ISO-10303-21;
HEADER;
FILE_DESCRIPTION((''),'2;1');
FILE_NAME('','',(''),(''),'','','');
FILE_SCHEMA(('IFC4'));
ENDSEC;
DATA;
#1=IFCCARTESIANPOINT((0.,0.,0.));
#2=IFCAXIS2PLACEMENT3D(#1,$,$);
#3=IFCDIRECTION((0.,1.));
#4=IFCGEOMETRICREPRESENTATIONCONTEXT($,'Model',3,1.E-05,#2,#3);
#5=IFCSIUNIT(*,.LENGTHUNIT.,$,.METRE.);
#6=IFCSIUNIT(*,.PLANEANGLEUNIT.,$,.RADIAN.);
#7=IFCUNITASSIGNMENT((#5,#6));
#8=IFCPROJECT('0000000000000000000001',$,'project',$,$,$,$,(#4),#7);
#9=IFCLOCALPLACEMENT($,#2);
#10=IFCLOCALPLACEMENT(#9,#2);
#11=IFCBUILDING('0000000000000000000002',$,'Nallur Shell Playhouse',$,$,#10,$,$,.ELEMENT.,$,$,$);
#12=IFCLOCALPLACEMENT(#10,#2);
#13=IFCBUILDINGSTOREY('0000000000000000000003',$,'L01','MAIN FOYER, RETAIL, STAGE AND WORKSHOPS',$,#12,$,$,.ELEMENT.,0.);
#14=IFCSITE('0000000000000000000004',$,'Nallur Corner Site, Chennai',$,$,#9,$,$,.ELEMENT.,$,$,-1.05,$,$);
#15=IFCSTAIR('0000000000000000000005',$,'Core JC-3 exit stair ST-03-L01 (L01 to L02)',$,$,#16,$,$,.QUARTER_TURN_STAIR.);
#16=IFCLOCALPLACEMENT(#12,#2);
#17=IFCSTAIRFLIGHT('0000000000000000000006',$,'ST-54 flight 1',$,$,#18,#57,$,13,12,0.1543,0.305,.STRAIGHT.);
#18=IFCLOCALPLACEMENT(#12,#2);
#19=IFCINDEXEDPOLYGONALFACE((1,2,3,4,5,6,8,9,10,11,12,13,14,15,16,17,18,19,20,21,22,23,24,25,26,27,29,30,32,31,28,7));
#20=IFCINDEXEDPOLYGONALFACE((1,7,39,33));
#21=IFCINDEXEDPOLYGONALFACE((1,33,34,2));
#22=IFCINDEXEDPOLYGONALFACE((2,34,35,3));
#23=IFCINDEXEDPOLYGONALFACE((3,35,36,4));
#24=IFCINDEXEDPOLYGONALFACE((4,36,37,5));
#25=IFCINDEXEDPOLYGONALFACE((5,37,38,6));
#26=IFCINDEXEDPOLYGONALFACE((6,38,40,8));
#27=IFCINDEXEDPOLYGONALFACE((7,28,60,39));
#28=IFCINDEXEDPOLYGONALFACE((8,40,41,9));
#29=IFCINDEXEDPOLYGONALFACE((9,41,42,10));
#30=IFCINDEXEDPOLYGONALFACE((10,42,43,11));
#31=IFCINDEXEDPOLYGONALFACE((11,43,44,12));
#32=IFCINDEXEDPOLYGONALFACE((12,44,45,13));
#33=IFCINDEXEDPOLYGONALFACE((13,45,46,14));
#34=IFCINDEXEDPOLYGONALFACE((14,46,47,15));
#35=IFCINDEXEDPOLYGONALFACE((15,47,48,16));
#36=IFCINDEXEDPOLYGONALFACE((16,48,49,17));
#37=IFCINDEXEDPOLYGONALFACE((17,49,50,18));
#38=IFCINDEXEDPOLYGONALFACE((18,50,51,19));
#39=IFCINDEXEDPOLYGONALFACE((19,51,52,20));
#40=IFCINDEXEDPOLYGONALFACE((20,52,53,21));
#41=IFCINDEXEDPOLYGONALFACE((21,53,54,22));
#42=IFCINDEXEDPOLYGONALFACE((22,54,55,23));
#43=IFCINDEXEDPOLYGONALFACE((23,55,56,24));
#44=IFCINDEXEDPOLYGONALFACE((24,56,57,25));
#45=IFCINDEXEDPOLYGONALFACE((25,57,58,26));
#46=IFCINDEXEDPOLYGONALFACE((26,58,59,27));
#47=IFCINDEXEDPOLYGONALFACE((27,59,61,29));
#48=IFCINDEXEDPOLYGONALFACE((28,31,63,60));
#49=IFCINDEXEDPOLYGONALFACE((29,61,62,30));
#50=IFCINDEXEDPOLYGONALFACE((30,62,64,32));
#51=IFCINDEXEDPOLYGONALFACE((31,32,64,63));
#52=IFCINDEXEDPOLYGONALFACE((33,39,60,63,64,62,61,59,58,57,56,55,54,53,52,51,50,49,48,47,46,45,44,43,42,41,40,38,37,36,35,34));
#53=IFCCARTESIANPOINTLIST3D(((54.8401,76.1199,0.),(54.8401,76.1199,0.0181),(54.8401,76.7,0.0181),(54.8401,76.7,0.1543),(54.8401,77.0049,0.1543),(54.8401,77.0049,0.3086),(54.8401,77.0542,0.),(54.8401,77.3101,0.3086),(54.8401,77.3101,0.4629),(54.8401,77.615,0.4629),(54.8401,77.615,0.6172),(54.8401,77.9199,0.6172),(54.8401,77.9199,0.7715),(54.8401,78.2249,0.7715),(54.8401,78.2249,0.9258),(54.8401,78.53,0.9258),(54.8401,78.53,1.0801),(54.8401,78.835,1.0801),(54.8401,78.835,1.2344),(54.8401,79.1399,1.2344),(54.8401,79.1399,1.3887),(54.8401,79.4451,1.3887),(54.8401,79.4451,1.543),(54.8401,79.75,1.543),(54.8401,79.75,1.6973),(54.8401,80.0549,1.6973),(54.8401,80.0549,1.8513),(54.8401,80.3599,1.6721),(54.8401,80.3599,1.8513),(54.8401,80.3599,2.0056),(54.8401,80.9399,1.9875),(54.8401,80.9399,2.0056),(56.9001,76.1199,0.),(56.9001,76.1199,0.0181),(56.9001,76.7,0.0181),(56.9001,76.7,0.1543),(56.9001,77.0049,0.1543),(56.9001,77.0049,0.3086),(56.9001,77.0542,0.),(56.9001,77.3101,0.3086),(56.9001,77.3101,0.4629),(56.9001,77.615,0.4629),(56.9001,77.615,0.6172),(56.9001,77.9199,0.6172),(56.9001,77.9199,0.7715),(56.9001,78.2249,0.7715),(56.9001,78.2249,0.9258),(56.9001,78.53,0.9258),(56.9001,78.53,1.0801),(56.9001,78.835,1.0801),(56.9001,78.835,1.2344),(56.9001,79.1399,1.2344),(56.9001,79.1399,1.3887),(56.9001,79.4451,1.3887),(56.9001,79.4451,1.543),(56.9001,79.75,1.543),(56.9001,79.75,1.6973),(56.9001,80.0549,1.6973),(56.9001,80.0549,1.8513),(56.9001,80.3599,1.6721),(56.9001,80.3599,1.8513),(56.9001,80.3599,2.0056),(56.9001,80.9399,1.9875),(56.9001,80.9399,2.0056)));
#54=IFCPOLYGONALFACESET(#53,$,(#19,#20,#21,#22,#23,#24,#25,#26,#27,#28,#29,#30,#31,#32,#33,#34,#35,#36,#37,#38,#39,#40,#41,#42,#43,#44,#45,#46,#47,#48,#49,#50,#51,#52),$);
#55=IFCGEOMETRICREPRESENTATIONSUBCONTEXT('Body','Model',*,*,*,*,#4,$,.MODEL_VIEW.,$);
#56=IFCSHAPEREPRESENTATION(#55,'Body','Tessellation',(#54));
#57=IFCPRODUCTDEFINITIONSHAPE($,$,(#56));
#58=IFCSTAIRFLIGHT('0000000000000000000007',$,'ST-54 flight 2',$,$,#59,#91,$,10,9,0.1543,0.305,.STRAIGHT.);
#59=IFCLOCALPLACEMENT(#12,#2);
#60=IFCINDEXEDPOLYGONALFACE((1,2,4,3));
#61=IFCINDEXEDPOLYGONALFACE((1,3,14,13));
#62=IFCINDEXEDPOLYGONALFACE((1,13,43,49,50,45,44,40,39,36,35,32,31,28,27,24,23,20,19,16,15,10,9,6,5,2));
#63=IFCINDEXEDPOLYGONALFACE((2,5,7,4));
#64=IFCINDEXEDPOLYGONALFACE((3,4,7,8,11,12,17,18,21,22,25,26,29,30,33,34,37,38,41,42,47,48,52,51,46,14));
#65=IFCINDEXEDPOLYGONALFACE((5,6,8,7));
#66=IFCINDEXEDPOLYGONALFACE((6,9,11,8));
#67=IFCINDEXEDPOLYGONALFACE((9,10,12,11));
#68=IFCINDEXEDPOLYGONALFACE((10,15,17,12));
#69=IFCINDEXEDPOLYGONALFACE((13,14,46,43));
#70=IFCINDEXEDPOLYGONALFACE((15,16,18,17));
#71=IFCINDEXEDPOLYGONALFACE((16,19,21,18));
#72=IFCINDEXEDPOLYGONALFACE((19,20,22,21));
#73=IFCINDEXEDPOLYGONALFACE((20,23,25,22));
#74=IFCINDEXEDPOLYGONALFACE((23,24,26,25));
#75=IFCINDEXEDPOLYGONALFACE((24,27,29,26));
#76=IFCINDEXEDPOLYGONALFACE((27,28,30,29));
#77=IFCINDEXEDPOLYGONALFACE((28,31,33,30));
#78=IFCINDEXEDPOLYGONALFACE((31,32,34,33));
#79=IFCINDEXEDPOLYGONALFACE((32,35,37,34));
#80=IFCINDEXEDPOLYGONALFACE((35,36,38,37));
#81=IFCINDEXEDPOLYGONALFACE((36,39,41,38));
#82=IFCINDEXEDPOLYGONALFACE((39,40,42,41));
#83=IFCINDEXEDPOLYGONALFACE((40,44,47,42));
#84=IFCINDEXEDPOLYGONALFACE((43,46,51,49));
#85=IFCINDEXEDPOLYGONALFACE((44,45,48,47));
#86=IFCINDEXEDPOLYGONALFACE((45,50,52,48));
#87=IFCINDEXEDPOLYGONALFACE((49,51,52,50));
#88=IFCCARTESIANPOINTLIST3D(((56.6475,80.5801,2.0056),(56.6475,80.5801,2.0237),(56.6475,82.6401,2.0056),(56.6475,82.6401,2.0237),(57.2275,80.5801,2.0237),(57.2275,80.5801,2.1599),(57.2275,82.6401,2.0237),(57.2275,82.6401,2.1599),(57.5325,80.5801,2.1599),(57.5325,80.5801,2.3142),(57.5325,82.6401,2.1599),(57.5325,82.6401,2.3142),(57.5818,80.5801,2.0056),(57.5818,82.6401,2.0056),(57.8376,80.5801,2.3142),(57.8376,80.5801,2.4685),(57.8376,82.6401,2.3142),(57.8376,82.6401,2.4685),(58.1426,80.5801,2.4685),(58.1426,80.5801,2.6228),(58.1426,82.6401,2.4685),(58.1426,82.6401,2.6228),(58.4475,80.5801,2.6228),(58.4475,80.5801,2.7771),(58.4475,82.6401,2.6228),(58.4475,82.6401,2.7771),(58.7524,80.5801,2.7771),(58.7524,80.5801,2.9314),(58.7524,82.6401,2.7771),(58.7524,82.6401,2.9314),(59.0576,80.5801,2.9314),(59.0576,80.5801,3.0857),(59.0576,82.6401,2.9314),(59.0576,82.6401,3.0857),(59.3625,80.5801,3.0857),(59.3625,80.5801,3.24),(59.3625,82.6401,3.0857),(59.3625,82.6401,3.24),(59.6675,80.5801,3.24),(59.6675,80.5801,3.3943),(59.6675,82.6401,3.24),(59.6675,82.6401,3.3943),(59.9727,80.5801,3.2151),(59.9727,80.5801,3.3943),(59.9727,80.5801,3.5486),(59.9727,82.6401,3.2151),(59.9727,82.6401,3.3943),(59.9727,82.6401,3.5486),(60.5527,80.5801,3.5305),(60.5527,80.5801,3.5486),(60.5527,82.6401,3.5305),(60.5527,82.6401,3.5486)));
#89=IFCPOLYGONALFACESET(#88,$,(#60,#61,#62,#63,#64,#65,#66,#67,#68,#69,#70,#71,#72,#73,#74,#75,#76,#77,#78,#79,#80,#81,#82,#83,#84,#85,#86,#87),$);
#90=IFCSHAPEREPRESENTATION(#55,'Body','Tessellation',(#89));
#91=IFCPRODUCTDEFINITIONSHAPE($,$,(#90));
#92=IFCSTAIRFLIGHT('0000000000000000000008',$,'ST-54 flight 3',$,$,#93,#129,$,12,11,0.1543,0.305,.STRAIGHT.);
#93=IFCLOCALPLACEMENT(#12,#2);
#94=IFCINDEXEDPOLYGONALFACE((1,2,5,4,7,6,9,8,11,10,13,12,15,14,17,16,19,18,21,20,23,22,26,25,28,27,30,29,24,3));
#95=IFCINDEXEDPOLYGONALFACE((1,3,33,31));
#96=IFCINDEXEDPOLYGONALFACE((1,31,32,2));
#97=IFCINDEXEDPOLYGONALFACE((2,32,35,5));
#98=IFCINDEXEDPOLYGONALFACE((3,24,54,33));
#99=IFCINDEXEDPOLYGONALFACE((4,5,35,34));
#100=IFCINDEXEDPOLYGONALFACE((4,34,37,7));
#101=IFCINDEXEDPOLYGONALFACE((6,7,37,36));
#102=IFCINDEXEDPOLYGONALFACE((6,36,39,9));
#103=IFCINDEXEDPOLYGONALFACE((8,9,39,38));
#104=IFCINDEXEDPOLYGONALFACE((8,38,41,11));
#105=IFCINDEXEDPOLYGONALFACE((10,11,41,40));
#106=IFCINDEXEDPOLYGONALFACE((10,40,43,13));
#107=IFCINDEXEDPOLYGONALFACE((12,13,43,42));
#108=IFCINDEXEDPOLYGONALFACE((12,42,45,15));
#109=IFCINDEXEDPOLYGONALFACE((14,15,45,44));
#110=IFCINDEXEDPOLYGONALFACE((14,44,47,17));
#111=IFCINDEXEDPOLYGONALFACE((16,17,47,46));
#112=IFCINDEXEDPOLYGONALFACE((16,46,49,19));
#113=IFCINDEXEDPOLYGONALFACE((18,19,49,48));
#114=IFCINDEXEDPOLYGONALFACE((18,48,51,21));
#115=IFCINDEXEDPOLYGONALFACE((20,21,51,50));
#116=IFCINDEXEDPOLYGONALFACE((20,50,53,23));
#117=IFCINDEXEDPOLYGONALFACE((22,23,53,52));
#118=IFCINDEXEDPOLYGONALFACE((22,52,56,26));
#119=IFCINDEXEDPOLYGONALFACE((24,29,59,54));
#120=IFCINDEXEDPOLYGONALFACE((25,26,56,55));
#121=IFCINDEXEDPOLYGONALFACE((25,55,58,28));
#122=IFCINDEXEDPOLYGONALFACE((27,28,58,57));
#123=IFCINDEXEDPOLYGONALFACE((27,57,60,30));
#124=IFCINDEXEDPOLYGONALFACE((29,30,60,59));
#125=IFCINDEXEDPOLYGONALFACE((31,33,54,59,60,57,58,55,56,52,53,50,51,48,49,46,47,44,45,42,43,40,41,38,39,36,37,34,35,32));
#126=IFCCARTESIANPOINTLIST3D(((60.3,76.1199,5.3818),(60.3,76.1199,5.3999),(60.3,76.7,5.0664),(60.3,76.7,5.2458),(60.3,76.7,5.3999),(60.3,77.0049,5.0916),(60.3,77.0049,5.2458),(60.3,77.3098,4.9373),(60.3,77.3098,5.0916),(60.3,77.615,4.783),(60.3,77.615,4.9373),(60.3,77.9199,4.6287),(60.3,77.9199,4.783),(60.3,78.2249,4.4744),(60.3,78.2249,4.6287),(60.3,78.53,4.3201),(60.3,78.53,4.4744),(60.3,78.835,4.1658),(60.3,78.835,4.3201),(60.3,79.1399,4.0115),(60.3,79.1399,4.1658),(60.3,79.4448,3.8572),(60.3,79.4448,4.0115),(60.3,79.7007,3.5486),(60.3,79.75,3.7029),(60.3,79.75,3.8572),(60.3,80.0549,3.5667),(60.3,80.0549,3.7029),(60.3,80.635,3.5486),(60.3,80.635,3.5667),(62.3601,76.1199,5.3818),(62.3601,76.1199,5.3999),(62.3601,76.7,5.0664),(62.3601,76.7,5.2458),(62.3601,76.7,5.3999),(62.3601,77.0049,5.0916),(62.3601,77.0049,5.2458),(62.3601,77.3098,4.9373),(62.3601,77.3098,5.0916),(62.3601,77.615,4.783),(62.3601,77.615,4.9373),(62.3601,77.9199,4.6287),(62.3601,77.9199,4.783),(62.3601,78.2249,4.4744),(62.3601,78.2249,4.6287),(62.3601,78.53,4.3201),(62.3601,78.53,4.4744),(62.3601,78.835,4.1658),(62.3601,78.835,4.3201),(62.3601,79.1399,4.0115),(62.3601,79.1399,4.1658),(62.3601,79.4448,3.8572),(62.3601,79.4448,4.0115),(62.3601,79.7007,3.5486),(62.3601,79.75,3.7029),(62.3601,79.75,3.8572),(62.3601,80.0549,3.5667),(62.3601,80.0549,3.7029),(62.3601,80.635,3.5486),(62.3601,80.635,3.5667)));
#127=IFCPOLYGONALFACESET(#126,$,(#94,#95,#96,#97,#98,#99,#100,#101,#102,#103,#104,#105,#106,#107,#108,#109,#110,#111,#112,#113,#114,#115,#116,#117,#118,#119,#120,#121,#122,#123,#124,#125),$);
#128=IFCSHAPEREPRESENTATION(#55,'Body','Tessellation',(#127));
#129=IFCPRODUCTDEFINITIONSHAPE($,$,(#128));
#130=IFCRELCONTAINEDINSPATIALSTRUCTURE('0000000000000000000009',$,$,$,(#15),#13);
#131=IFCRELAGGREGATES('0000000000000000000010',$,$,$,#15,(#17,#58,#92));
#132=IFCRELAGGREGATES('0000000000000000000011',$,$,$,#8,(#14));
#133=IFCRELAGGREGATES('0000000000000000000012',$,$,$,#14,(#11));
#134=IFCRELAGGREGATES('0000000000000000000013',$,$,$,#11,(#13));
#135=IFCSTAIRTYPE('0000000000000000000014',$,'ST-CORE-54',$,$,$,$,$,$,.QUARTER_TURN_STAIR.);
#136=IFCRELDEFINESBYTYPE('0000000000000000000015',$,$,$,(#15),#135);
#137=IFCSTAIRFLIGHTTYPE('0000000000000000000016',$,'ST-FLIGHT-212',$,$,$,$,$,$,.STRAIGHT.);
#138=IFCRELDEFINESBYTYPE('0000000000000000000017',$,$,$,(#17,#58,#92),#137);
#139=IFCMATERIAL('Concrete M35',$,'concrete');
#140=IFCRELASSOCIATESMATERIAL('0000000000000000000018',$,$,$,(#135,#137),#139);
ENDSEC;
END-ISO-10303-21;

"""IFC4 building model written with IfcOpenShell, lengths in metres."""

from ifc_helpers import new_model, si_unit, direction, frame, origin, place, context, subcontext, project, spatial, polyline, outline, extrude, material, type_object, element, aggregate, save


model = new_model("IFC4")

# Units and contexts
model_context = context("Model", 3, precision=1e-05, world=origin(), true_north=direction((0.0, 1.0)))
body_context = subcontext(model_context, "Body", "Model", "MODEL_VIEW")
ifc_project = project(units=[si_unit("LENGTHUNIT", "METRE"), si_unit("PLANEANGLEUNIT", "RADIAN")], contexts=[model_context])

# Site, building, storey
site_placement = place(None, origin())
site = spatial("IfcSite", under=ifc_project, at=site_placement, Name="Nallur Corner Site, Chennai", CompositionType="ELEMENT", RefElevation=-1.05)
building_placement = place(site_placement, origin())
building = spatial("IfcBuilding", under=site, at=building_placement, Name="Nallur Shell Playhouse", CompositionType="ELEMENT")
storey_placement = place(building_placement, origin())
storey = spatial("IfcBuildingStorey", under=building, at=storey_placement, Name="L01", Description="MAIN FOYER, RETAIL, STAGE AND WORKSHOPS", CompositionType="ELEMENT", Elevation=0.0)

# Shared definitions
ifc_material_1 = material(Name="Concrete M35", Category="concrete")

# Stair, stair flights
stair_type = type_object("IfcStairType", Name="ST-CORE-54", PredefinedType="QUARTER_TURN_STAIR", material=ifc_material_1)
stair_placement = place(storey_placement, origin())
stair = element("IfcStair", 1, at=stair_placement, inside=storey, type_object=stair_type, Name="Core JC-3 exit stair ST-03-L01 (L01 to L02)", PredefinedType="QUARTER_TURN_STAIR")
stair_flight_type = type_object("IfcStairFlightType", Name="ST-FLIGHT-212", PredefinedType="STRAIGHT", material=ifc_material_1)
stair_flight_1_placement = place(storey_placement, frame((55.8701, 76.7, 0.0), z_axis=(0.0, 0.0, 1.0), x_axis=(0.0, 1.0, 0.0)))
stair_flight_1 = element("IfcStairFlight", 2, at=stair_flight_1_placement, type_object=stair_flight_type, Name="ST-54 flight 1", NumberOfRisers=13, NumberOfTreads=12, PredefinedType="STRAIGHT", RiserHeight=0.1543, TreadLength=0.305, context=body_context, shape_type="SweptSolid", body=[
    extrude(outline(polyline([(-0.5801, 0.0), (-0.5801, 0.0181), (0.0, 0.0181), (0.0, 0.1543), (0.3049, 0.1543), (0.3049, 0.3086), (0.6101, 0.3086), (0.6101, 0.4629), (0.915, 0.4629), (0.915, 0.6172), (1.22, 0.6172), (1.22, 0.7715), (1.5249, 0.7715), (1.5249, 0.9258), (1.8301, 0.9258), (1.8301, 1.0801), (2.135, 1.0801), (2.135, 1.2344), (2.4399, 1.2344), (2.4399, 1.3887), (2.7451, 1.3887), (2.7451, 1.543), (3.05, 1.543), (3.05, 1.6973), (3.355, 1.6973), (3.355, 1.8513), (3.6599, 1.8513), (3.6599, 2.0056), (4.24, 2.0056), (4.24, 1.9875), (3.6599, 1.6721), (0.3542, 0.0), (-0.5801, 0.0)])), frame((0.0, 1.03, 0.0), z_axis=(0.0, -1.0, 0.0), x_axis=(1.0, 0.0, 0.0)), (0.0, 0.0, 1.0), 2.0601),
])
stair_flight_2_placement = place(storey_placement, frame((57.2275, 81.6101, 2.0056), z_axis=(0.0, 0.0, 1.0), x_axis=(1.0, 0.0, 0.0)))
stair_flight_2 = element("IfcStairFlight", 3, at=stair_flight_2_placement, type_object=stair_flight_type, Name="ST-54 flight 2", NumberOfRisers=10, NumberOfTreads=9, PredefinedType="STRAIGHT", RiserHeight=0.1543, TreadLength=0.305, context=body_context, shape_type="SweptSolid", body=[
    extrude(outline(polyline([(-0.5801, 0.0), (-0.5801, 0.0181), (0.0, 0.0181), (0.0, 0.1543), (0.3049, 0.1543), (0.3049, 0.3086), (0.6101, 0.3086), (0.6101, 0.4629), (0.915, 0.4629), (0.915, 0.6172), (1.22, 0.6172), (1.22, 0.7715), (1.5249, 0.7715), (1.5249, 0.9258), (1.8301, 0.9258), (1.8301, 1.0801), (2.135, 1.0801), (2.135, 1.2344), (2.4399, 1.2344), (2.4399, 1.3887), (2.7451, 1.3887), (2.7451, 1.543), (3.3252, 1.543), (3.3252, 1.5249), (2.7451, 1.2095), (0.3542, 0.0), (-0.5801, 0.0)])), frame((0.0, 1.03, 0.0), z_axis=(0.0, -1.0, 0.0), x_axis=(1.0, 0.0, 0.0)), (0.0, 0.0, 1.0), 2.0601),
])
stair_flight_3_placement = place(storey_placement, frame((61.3301, 80.0549, 3.5486), z_axis=(0.0, 0.0, 1.0), x_axis=(0.0, -1.0, 0.0)))
stair_flight_3 = element("IfcStairFlight", 4, at=stair_flight_3_placement, type_object=stair_flight_type, Name="ST-54 flight 3", NumberOfRisers=12, NumberOfTreads=11, PredefinedType="STRAIGHT", RiserHeight=0.1543, TreadLength=0.305, context=body_context, shape_type="SweptSolid", body=[
    extrude(outline(polyline([(-0.5801, 0.0), (-0.5801, 0.0181), (0.0, 0.0181), (0.0, 0.1543), (0.3049, 0.1543), (0.3049, 0.3086), (0.6101, 0.3086), (0.6101, 0.4629), (0.915, 0.4629), (0.915, 0.6172), (1.22, 0.6172), (1.22, 0.7715), (1.5249, 0.7715), (1.5249, 0.9258), (1.8301, 0.9258), (1.8301, 1.0801), (2.135, 1.0801), (2.135, 1.2344), (2.4399, 1.2344), (2.4399, 1.3887), (2.7451, 1.3887), (2.7451, 1.543), (3.05, 1.543), (3.05, 1.6973), (3.355, 1.6973), (3.355, 1.8513), (3.9351, 1.8513), (3.9351, 1.8333), (3.355, 1.5178), (0.3542, 0.0), (-0.5801, 0.0)])), frame((0.0, 1.03, 0.0), z_axis=(0.0, -1.0, 0.0), x_axis=(1.0, 0.0, 0.0)), (0.0, 0.0, 1.0), 2.0601),
])
aggregate(stair, [stair_flight_1, stair_flight_2, stair_flight_3])

save(model, "model.ifc")
